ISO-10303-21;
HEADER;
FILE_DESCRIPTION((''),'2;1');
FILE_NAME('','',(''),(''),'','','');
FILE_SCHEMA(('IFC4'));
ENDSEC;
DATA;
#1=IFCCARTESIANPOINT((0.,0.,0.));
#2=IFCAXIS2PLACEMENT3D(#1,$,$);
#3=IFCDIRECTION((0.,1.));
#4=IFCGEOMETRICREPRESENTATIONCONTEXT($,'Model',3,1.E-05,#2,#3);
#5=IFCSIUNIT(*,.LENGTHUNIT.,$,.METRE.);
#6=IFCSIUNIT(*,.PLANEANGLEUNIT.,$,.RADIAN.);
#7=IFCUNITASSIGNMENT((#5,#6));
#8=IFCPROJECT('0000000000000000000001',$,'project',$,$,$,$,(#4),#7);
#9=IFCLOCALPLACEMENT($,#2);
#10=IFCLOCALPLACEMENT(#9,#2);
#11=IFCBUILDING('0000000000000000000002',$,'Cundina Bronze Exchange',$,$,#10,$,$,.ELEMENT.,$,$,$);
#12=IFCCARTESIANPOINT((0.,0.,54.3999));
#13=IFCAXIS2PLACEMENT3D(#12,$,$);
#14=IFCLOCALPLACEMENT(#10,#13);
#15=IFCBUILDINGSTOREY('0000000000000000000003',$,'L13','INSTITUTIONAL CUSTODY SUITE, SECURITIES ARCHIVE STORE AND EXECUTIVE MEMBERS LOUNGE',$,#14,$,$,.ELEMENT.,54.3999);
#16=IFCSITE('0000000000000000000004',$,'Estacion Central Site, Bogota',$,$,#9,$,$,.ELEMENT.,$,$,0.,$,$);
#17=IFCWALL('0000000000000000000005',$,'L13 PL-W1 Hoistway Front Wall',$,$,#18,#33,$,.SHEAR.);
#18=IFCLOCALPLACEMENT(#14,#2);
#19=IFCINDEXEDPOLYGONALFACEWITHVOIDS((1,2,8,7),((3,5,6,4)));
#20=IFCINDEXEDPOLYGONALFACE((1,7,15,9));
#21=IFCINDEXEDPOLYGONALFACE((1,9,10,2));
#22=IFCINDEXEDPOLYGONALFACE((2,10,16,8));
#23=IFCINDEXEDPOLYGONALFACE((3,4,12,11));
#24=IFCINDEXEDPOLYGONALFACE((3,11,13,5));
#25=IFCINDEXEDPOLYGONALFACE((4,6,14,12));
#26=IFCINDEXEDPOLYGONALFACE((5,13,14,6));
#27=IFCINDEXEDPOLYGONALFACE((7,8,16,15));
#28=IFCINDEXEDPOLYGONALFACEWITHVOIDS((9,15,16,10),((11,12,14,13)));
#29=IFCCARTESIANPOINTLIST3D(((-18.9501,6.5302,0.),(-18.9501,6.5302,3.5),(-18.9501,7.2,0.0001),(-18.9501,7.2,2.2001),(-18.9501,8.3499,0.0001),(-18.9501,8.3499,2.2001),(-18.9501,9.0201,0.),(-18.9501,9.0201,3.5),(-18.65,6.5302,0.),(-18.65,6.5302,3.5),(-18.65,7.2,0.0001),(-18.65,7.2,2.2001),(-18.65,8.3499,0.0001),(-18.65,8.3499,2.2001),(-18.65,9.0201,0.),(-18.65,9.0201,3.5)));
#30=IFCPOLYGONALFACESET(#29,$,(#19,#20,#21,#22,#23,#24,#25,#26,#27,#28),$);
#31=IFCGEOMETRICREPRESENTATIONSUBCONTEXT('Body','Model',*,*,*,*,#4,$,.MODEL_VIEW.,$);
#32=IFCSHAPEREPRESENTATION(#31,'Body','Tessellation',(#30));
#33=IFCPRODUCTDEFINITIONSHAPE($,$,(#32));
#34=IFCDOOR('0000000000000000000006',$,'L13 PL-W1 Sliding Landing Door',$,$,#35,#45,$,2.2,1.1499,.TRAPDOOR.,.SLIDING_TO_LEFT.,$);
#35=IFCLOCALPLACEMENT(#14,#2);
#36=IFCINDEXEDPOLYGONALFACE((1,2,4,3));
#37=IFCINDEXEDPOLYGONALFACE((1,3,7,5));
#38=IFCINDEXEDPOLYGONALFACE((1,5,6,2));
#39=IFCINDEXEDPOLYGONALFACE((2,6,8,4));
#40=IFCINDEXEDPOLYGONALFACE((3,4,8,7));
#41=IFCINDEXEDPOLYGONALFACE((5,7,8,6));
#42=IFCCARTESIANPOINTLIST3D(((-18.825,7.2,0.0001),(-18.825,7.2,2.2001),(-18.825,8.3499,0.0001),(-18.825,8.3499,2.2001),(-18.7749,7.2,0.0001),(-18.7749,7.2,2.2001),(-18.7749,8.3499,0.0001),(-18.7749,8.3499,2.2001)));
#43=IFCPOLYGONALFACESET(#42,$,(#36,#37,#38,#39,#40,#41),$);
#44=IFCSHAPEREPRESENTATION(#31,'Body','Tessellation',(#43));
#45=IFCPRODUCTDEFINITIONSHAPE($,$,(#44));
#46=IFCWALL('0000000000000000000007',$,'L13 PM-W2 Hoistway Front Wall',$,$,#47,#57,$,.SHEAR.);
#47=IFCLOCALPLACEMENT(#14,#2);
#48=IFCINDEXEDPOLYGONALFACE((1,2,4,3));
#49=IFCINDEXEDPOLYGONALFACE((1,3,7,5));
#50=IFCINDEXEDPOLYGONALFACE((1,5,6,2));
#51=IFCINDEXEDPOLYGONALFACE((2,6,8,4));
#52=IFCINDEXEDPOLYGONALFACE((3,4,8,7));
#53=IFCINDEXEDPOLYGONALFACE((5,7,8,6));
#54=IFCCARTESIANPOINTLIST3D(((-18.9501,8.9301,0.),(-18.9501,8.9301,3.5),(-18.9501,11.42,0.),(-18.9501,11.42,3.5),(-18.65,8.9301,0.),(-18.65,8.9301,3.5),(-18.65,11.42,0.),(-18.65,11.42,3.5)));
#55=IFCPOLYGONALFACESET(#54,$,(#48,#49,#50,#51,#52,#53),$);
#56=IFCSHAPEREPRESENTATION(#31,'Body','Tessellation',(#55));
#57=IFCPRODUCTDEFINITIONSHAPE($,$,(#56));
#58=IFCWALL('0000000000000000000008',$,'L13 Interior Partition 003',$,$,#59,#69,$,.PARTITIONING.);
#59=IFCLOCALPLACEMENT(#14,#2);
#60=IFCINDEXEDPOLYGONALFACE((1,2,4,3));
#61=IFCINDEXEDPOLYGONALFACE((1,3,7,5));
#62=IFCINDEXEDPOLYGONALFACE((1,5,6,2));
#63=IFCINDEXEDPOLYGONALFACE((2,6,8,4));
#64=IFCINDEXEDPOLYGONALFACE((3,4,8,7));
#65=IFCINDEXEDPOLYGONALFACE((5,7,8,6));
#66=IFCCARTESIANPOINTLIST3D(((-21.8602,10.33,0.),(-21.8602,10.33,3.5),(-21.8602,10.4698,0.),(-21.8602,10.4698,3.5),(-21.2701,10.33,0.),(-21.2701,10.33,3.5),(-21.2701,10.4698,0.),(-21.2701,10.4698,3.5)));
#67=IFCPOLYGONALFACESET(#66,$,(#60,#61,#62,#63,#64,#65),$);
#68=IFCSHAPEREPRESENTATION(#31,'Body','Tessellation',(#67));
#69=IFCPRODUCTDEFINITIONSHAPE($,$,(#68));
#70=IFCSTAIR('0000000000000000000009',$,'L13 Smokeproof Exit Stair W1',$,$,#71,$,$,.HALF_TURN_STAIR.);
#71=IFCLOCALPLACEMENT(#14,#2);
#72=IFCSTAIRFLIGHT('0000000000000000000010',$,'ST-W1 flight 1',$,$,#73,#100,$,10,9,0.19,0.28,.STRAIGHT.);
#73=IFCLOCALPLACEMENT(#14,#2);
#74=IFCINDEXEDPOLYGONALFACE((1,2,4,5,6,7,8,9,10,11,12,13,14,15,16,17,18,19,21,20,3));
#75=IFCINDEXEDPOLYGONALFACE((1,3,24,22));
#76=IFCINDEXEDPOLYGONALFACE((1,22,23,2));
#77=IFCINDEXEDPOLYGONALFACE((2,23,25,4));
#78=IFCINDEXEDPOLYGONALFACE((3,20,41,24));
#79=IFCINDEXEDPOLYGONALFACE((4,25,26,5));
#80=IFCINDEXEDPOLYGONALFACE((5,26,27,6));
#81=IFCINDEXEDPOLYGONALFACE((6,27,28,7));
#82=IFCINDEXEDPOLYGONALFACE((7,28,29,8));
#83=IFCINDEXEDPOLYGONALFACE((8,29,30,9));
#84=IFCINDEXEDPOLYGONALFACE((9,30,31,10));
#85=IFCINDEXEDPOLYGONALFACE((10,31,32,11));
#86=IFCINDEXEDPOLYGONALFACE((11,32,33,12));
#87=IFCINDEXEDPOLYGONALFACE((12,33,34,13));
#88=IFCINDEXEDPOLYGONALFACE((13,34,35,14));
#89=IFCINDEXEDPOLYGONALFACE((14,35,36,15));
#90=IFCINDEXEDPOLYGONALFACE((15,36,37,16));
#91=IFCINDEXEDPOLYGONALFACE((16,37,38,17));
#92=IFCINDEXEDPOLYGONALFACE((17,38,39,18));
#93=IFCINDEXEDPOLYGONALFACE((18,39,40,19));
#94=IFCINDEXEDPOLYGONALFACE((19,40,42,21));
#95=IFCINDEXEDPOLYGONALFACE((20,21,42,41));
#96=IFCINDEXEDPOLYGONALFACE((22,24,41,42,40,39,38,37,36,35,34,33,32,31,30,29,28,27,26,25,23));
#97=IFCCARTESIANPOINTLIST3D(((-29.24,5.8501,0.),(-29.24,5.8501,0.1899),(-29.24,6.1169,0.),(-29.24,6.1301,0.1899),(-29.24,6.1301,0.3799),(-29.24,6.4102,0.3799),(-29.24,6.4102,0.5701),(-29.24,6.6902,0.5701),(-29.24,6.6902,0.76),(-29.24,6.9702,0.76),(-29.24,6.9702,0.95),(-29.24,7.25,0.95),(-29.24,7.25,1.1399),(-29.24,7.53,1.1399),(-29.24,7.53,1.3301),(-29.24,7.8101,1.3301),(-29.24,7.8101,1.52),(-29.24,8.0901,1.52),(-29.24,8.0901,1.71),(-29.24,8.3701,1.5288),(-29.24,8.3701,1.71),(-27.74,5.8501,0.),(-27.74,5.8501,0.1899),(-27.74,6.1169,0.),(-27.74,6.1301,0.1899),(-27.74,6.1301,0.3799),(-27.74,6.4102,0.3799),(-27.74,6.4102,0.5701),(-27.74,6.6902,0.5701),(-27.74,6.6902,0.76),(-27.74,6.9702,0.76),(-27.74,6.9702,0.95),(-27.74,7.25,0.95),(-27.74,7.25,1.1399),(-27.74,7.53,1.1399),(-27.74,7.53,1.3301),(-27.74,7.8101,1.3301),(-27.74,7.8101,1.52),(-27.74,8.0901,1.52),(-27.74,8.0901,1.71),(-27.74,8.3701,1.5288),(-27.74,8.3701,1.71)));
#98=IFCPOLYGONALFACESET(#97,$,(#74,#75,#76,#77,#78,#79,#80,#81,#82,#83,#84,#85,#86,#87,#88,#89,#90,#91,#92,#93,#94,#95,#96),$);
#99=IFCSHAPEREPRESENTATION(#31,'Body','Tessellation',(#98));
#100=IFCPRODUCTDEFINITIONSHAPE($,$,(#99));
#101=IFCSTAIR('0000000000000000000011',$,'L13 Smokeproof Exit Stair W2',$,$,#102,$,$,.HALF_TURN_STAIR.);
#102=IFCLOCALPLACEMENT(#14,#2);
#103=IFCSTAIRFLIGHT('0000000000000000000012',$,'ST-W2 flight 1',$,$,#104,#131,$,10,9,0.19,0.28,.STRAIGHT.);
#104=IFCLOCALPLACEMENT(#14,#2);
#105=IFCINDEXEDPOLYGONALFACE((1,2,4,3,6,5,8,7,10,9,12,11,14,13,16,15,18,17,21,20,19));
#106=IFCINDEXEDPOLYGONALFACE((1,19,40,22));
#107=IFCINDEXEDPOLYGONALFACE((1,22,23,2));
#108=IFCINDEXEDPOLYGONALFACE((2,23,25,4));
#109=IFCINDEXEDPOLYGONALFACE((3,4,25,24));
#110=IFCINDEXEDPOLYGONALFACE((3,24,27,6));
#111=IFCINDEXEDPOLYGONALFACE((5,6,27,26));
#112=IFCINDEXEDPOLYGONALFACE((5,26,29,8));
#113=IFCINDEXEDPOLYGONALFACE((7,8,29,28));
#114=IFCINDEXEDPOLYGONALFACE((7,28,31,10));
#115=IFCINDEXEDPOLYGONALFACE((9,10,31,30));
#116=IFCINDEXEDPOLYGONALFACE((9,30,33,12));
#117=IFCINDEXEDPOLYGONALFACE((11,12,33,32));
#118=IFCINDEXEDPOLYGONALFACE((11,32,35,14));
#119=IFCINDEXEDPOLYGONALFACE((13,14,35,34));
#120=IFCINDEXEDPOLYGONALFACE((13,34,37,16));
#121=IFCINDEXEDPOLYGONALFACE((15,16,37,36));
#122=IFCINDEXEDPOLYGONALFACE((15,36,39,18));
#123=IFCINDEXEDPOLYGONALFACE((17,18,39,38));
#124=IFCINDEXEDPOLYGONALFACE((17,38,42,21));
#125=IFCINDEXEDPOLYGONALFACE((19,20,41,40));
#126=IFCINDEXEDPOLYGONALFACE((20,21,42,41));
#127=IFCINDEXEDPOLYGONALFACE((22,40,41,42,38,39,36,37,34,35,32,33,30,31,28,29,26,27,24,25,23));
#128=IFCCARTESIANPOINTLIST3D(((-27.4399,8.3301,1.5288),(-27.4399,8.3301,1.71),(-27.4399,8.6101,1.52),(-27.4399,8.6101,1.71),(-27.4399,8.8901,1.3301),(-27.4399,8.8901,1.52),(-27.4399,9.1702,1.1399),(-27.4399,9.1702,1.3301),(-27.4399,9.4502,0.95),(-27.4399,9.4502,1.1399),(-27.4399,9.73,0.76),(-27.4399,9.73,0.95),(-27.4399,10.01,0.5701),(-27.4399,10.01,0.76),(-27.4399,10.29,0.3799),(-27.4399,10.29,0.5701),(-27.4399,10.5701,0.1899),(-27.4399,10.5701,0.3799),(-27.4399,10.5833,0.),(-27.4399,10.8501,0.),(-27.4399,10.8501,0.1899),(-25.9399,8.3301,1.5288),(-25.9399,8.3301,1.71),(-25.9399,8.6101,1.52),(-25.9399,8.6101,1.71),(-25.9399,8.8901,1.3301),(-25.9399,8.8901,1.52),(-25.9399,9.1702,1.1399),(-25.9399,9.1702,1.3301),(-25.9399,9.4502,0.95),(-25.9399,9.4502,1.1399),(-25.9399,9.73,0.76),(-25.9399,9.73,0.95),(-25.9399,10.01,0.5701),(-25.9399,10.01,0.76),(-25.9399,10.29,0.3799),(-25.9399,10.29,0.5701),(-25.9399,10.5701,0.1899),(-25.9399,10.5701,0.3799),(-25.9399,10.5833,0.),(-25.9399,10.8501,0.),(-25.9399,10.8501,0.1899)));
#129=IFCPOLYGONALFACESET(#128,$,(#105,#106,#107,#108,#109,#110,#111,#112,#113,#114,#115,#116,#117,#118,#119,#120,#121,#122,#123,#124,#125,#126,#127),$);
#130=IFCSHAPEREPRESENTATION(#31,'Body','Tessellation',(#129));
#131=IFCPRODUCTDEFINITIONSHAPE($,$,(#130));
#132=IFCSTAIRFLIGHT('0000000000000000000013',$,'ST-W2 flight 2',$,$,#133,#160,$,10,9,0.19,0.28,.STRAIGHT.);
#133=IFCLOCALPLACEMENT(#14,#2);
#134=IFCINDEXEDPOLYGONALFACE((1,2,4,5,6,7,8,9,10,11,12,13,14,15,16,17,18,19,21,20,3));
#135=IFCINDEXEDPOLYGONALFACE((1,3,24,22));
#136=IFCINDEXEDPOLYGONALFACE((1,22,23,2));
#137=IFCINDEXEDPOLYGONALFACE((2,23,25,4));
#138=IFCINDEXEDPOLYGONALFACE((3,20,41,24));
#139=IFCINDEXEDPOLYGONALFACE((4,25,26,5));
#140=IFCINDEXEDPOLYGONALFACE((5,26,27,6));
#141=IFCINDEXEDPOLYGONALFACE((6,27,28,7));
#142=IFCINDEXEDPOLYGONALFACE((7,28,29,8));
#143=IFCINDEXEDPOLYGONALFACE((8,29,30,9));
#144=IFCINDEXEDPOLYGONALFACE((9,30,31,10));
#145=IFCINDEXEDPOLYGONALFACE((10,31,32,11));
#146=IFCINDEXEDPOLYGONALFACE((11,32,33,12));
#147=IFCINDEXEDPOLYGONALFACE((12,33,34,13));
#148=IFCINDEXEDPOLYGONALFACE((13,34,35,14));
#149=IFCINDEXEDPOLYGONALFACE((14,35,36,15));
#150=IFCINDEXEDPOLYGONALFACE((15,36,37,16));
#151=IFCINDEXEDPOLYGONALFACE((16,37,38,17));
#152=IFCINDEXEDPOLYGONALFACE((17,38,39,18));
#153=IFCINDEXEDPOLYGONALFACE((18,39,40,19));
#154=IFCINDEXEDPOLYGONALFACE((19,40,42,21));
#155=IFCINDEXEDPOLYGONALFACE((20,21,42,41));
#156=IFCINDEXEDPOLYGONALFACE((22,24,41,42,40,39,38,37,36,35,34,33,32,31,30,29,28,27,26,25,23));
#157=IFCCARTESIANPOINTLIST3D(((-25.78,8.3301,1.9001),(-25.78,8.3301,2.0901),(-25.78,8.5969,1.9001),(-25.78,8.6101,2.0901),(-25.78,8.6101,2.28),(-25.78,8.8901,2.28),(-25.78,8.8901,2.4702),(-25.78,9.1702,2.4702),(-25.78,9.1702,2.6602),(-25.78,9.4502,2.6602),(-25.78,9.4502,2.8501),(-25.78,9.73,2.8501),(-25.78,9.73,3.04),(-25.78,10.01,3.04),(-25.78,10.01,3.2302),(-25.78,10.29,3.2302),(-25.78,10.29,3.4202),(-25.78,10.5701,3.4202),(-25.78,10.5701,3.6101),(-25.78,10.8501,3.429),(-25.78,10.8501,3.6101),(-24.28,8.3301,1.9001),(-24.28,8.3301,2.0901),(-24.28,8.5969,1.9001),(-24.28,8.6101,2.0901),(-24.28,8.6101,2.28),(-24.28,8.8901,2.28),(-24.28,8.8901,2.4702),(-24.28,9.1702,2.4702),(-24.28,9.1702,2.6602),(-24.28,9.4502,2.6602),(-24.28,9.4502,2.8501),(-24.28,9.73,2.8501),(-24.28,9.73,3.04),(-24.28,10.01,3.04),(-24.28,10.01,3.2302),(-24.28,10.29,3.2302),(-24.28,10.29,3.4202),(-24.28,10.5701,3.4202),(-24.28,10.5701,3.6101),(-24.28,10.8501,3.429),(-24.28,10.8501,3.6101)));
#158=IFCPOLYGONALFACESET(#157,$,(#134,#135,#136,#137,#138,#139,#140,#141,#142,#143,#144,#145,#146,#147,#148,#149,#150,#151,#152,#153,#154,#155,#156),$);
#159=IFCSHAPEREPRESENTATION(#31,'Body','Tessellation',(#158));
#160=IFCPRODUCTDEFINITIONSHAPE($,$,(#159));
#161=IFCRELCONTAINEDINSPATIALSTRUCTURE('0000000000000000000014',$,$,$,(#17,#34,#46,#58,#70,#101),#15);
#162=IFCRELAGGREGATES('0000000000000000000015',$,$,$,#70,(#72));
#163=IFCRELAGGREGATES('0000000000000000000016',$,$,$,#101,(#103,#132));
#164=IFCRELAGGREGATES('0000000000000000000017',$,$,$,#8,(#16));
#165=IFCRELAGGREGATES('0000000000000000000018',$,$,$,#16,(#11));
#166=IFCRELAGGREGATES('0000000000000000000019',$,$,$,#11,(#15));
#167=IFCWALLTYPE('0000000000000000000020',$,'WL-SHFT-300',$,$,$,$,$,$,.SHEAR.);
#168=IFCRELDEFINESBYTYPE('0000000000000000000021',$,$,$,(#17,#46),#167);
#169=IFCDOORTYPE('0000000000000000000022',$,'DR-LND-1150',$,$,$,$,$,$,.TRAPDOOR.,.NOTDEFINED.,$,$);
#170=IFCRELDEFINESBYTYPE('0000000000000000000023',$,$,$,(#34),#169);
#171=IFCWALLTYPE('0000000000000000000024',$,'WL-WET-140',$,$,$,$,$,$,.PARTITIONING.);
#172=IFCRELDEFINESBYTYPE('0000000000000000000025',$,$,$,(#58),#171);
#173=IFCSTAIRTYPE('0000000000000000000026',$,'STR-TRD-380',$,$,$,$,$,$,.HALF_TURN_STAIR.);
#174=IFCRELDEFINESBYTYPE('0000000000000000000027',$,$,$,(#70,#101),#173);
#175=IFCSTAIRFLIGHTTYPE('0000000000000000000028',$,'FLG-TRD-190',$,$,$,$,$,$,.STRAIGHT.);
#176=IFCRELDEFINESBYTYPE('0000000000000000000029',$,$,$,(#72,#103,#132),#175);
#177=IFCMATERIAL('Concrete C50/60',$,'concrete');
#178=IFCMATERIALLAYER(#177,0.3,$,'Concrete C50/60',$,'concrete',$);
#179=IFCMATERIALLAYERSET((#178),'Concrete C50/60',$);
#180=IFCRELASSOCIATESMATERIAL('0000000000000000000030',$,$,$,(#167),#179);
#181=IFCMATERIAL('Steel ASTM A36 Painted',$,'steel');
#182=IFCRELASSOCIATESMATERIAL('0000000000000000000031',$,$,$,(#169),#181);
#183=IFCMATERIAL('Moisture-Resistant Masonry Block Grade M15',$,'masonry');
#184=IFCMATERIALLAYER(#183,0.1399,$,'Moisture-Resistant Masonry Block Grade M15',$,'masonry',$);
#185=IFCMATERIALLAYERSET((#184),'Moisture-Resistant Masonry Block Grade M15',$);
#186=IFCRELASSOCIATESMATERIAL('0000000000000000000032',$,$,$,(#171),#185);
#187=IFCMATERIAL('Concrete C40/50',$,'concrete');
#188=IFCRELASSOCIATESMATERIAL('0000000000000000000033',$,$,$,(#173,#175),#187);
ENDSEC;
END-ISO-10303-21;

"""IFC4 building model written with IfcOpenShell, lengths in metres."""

from ifc_helpers import new_model, si_unit, direction, frame, frame_2d, origin, place, context, subcontext, project, spatial, polyline, rectangle, outline, extrude, material, layer, layer_set, type_object, element, fill, aggregate, save


model = new_model("IFC4")

# Units and contexts
model_context = context("Model", 3, precision=1e-05, world=origin(), true_north=direction((0.0, 1.0)))
body_context = subcontext(model_context, "Body", "Model", "MODEL_VIEW")
ifc_project = project(units=[si_unit("LENGTHUNIT", "METRE"), si_unit("PLANEANGLEUNIT", "RADIAN")], contexts=[model_context])

# Site, building, storey
site_placement = place(None, origin())
site = spatial("IfcSite", under=ifc_project, at=site_placement, Name="Estacion Central Site, Bogota", CompositionType="ELEMENT", RefElevation=0.0)
building_placement = place(site_placement, origin())
building = spatial("IfcBuilding", under=site, at=building_placement, Name="Cundina Bronze Exchange", CompositionType="ELEMENT")
storey_placement = place(building_placement, frame((0.0, 0.0, 54.3999)))
storey = spatial("IfcBuildingStorey", under=building, at=storey_placement, Name="L13", Description="INSTITUTIONAL CUSTODY SUITE, SECURITIES ARCHIVE STORE AND EXECUTIVE MEMBERS LOUNGE", CompositionType="ELEMENT", Elevation=54.3999)

# Shared definitions
ifc_material_1 = material(Name="Concrete C50/60", Category="concrete")
ifc_layer_1 = layer(ifc_material_1, 0.3, Name="Concrete C50/60", Category="concrete")
ifc_layer_set_1 = layer_set([ifc_layer_1], Name="Concrete C50/60")
wall_type_1 = type_object("IfcWallType", Name="WL-SHFT-300", PredefinedType="SHEAR", material=ifc_layer_set_1)

# Shared definitions
ifc_material_2 = material(Name="Steel ASTM A36 Painted", Category="steel")
door_type = type_object("IfcDoorType", Name="DR-LND-1150", OperationType="NOTDEFINED", PredefinedType="TRAPDOOR", material=ifc_material_2)

# Wall, opening, door
wall_1_placement = place(storey_placement, frame((-18.8, 6.53, 0.0), z_axis=(0.0, 0.0, 1.0), x_axis=(0.0, 1.0, 0.0)))
wall_1 = element("IfcWall", 1, at=wall_1_placement, inside=storey, type_object=wall_type_1, Name="L13 PL-W1 Hoistway Front Wall", PredefinedType="SHEAR", context=body_context, shape_type="SweptSolid", body=[
    extrude(rectangle(XDim=2.49, YDim=0.3, at=frame_2d((1.2451, 0.0))), origin(), (0.0, 0.0, 1.0), 3.5),
])
opening_1_placement = place(wall_1_placement, frame((0.6699, 0.0, 0.0)))
opening_1 = element("IfcOpeningElement", 2, at=opening_1_placement, cuts=wall_1, PredefinedType="OPENING", context=body_context, shape_type="SweptSolid", body=[
    extrude(rectangle(XDim=1.1499, YDim=2.2, at=frame_2d((0.575, 1.1001))), frame((0.0, 0.1599, 0.0), z_axis=(0.0, -1.0, 0.0), x_axis=(1.0, 0.0, 0.0)), (0.0, 0.0, 1.0), 0.3201),
])
door_1_placement = place(opening_1_placement, origin())
door_1 = element("IfcDoor", 3, at=door_1_placement, inside=storey, type_object=door_type, Name="L13 PL-W1 Sliding Landing Door", OperationType="SLIDING_TO_LEFT", OverallHeight=2.2, OverallWidth=1.1499, PredefinedType="TRAPDOOR", context=body_context, shape_type="SweptSolid", body=[
    extrude(rectangle(XDim=1.1499, YDim=2.2, at=frame_2d((0.575, 1.1001))), frame((0.0, 0.0249, 0.0), z_axis=(0.0, -1.0, 0.0), x_axis=(1.0, 0.0, 0.0)), (0.0, 0.0, 1.0), 0.05),
])
fill(opening_1, door_1)

# Walls
wall_2_placement = place(storey_placement, frame((-18.8, 8.9299, 0.0), z_axis=(0.0, 0.0, 1.0), x_axis=(0.0, 1.0, 0.0)))
element("IfcWall", 4, at=wall_2_placement, inside=storey, type_object=wall_type_1, Name="L13 PM-W2 Hoistway Front Wall", PredefinedType="SHEAR", context=body_context, shape_type="SweptSolid", body=[
    extrude(rectangle(XDim=2.49, YDim=0.3, at=frame_2d((1.2451, 0.0))), origin(), (0.0, 0.0, 1.0), 3.5),
])
ifc_material_3 = material(Name="Moisture-Resistant Masonry Block Grade M15", Category="masonry")
ifc_layer_2 = layer(ifc_material_3, 0.1399, Name="Moisture-Resistant Masonry Block Grade M15", Category="masonry")
ifc_layer_set_2 = layer_set([ifc_layer_2], Name="Moisture-Resistant Masonry Block Grade M15")
wall_type_2 = type_object("IfcWallType", Name="WL-WET-140", PredefinedType="PARTITIONING", material=ifc_layer_set_2)
wall_3_placement = place(storey_placement, frame((-21.8601, 10.3999, 0.0), z_axis=(0.0, 0.0, 1.0), x_axis=(1.0, 0.0, 0.0)))
element("IfcWall", 5, at=wall_3_placement, inside=storey, type_object=wall_type_2, Name="L13 Interior Partition 003", PredefinedType="PARTITIONING", context=body_context, shape_type="SweptSolid", body=[
    extrude(rectangle(XDim=0.5901, YDim=0.1399, at=frame_2d((0.2949, 0.0))), origin(), (0.0, 0.0, 1.0), 3.5),
])

# Stair, stair flight
ifc_material_4 = material(Name="Concrete C40/50", Category="concrete")
stair_type = type_object("IfcStairType", Name="STR-TRD-380", PredefinedType="HALF_TURN_STAIR", material=ifc_material_4)
stair_1_placement = place(storey_placement, origin())
stair_1 = element("IfcStair", 6, at=stair_1_placement, inside=storey, type_object=stair_type, Name="L13 Smokeproof Exit Stair W1", PredefinedType="HALF_TURN_STAIR")
stair_flight_type = type_object("IfcStairFlightType", Name="FLG-TRD-190", PredefinedType="STRAIGHT", material=ifc_material_4)
stair_flight_1_placement = place(storey_placement, frame((-28.49, 5.8501, 0.0), z_axis=(0.0, 0.0, 1.0), x_axis=(0.0, 1.0, 0.0)))
stair_flight_1 = element("IfcStairFlight", 7, at=stair_flight_1_placement, type_object=stair_flight_type, Name="ST-W1 flight 1", NumberOfRisers=10, NumberOfTreads=9, PredefinedType="STRAIGHT", RiserHeight=0.19, TreadLength=0.28, context=body_context, shape_type="SweptSolid", body=[
    extrude(outline(polyline([(0.0, 0.0), (0.0, 0.1899), (0.28, 0.1899), (0.28, 0.3799), (0.5601, 0.3799), (0.5601, 0.5701), (0.8401, 0.5701), (0.8401, 0.76), (1.1201, 0.76), (1.1201, 0.95), (1.3999, 0.95), (1.3999, 1.1399), (1.6799, 1.1399), (1.6799, 1.3301), (1.96, 1.3301), (1.96, 1.52), (2.24, 1.52), (2.24, 1.71), (2.52, 1.71), (2.52, 1.8999), (2.52, 1.5288), (0.2668, 0.0), (0.0, 0.0)])), frame((0.0, 0.75, 0.0), z_axis=(0.0, -1.0, 0.0), x_axis=(1.0, 0.0, 0.0)), (0.0, 0.0, 1.0), 1.5),
])
aggregate(stair_1, [stair_flight_1])

# Stair, stair flights
stair_2_placement = place(storey_placement, origin())
stair_2 = element("IfcStair", 8, at=stair_2_placement, inside=storey, type_object=stair_type, Name="L13 Smokeproof Exit Stair W2", PredefinedType="HALF_TURN_STAIR")
stair_flight_2_placement = place(storey_placement, frame((-26.6899, 10.8501, 0.0), z_axis=(0.0, 0.0, 1.0), x_axis=(0.0, -1.0, 0.0)))
stair_flight_2 = element("IfcStairFlight", 9, at=stair_flight_2_placement, type_object=stair_flight_type, Name="ST-W2 flight 1", NumberOfRisers=10, NumberOfTreads=9, PredefinedType="STRAIGHT", RiserHeight=0.19, TreadLength=0.28, context=body_context, shape_type="SweptSolid", body=[
    extrude(outline(polyline([(0.0, 0.0), (0.0, 0.1899), (0.28, 0.1899), (0.28, 0.3799), (0.5601, 0.3799), (0.5601, 0.5701), (0.8401, 0.5701), (0.8401, 0.76), (1.1201, 0.76), (1.1201, 0.95), (1.3999, 0.95), (1.3999, 1.1399), (1.6799, 1.1399), (1.6799, 1.3301), (1.96, 1.3301), (1.96, 1.52), (2.24, 1.52), (2.24, 1.71), (2.52, 1.71), (2.52, 1.8999), (2.52, 1.5288), (0.2668, 0.0), (0.0, 0.0)])), frame((0.0, 0.75, 0.0), z_axis=(0.0, -1.0, 0.0), x_axis=(1.0, 0.0, 0.0)), (0.0, 0.0, 1.0), 1.5),
])
stair_flight_3_placement = place(storey_placement, frame((-25.03, 8.3301, 1.9001), z_axis=(0.0, 0.0, 1.0), x_axis=(0.0, 1.0, 0.0)))
stair_flight_3 = element("IfcStairFlight", 10, at=stair_flight_3_placement, type_object=stair_flight_type, Name="ST-W2 flight 2", NumberOfRisers=10, NumberOfTreads=9, PredefinedType="STRAIGHT", RiserHeight=0.19, TreadLength=0.28, context=body_context, shape_type="SweptSolid", body=[
    extrude(outline(polyline([(0.0, 0.0), (0.0, 0.1899), (0.28, 0.1899), (0.28, 0.3799), (0.5601, 0.3799), (0.5601, 0.5701), (0.8401, 0.5701), (0.8401, 0.76), (1.1201, 0.76), (1.1201, 0.95), (1.3999, 0.95), (1.3999, 1.1399), (1.6799, 1.1399), (1.6799, 1.3301), (1.96, 1.3301), (1.96, 1.52), (2.24, 1.52), (2.24, 1.71), (2.52, 1.71), (2.52, 1.8999), (2.52, 1.5288), (0.2668, 0.0), (0.0, 0.0)])), frame((0.0, 0.75, 0.0), z_axis=(0.0, -1.0, 0.0), x_axis=(1.0, 0.0, 0.0)), (0.0, 0.0, 1.0), 1.5),
])
aggregate(stair_2, [stair_flight_2, stair_flight_3])

save(model, "model.ifc")
